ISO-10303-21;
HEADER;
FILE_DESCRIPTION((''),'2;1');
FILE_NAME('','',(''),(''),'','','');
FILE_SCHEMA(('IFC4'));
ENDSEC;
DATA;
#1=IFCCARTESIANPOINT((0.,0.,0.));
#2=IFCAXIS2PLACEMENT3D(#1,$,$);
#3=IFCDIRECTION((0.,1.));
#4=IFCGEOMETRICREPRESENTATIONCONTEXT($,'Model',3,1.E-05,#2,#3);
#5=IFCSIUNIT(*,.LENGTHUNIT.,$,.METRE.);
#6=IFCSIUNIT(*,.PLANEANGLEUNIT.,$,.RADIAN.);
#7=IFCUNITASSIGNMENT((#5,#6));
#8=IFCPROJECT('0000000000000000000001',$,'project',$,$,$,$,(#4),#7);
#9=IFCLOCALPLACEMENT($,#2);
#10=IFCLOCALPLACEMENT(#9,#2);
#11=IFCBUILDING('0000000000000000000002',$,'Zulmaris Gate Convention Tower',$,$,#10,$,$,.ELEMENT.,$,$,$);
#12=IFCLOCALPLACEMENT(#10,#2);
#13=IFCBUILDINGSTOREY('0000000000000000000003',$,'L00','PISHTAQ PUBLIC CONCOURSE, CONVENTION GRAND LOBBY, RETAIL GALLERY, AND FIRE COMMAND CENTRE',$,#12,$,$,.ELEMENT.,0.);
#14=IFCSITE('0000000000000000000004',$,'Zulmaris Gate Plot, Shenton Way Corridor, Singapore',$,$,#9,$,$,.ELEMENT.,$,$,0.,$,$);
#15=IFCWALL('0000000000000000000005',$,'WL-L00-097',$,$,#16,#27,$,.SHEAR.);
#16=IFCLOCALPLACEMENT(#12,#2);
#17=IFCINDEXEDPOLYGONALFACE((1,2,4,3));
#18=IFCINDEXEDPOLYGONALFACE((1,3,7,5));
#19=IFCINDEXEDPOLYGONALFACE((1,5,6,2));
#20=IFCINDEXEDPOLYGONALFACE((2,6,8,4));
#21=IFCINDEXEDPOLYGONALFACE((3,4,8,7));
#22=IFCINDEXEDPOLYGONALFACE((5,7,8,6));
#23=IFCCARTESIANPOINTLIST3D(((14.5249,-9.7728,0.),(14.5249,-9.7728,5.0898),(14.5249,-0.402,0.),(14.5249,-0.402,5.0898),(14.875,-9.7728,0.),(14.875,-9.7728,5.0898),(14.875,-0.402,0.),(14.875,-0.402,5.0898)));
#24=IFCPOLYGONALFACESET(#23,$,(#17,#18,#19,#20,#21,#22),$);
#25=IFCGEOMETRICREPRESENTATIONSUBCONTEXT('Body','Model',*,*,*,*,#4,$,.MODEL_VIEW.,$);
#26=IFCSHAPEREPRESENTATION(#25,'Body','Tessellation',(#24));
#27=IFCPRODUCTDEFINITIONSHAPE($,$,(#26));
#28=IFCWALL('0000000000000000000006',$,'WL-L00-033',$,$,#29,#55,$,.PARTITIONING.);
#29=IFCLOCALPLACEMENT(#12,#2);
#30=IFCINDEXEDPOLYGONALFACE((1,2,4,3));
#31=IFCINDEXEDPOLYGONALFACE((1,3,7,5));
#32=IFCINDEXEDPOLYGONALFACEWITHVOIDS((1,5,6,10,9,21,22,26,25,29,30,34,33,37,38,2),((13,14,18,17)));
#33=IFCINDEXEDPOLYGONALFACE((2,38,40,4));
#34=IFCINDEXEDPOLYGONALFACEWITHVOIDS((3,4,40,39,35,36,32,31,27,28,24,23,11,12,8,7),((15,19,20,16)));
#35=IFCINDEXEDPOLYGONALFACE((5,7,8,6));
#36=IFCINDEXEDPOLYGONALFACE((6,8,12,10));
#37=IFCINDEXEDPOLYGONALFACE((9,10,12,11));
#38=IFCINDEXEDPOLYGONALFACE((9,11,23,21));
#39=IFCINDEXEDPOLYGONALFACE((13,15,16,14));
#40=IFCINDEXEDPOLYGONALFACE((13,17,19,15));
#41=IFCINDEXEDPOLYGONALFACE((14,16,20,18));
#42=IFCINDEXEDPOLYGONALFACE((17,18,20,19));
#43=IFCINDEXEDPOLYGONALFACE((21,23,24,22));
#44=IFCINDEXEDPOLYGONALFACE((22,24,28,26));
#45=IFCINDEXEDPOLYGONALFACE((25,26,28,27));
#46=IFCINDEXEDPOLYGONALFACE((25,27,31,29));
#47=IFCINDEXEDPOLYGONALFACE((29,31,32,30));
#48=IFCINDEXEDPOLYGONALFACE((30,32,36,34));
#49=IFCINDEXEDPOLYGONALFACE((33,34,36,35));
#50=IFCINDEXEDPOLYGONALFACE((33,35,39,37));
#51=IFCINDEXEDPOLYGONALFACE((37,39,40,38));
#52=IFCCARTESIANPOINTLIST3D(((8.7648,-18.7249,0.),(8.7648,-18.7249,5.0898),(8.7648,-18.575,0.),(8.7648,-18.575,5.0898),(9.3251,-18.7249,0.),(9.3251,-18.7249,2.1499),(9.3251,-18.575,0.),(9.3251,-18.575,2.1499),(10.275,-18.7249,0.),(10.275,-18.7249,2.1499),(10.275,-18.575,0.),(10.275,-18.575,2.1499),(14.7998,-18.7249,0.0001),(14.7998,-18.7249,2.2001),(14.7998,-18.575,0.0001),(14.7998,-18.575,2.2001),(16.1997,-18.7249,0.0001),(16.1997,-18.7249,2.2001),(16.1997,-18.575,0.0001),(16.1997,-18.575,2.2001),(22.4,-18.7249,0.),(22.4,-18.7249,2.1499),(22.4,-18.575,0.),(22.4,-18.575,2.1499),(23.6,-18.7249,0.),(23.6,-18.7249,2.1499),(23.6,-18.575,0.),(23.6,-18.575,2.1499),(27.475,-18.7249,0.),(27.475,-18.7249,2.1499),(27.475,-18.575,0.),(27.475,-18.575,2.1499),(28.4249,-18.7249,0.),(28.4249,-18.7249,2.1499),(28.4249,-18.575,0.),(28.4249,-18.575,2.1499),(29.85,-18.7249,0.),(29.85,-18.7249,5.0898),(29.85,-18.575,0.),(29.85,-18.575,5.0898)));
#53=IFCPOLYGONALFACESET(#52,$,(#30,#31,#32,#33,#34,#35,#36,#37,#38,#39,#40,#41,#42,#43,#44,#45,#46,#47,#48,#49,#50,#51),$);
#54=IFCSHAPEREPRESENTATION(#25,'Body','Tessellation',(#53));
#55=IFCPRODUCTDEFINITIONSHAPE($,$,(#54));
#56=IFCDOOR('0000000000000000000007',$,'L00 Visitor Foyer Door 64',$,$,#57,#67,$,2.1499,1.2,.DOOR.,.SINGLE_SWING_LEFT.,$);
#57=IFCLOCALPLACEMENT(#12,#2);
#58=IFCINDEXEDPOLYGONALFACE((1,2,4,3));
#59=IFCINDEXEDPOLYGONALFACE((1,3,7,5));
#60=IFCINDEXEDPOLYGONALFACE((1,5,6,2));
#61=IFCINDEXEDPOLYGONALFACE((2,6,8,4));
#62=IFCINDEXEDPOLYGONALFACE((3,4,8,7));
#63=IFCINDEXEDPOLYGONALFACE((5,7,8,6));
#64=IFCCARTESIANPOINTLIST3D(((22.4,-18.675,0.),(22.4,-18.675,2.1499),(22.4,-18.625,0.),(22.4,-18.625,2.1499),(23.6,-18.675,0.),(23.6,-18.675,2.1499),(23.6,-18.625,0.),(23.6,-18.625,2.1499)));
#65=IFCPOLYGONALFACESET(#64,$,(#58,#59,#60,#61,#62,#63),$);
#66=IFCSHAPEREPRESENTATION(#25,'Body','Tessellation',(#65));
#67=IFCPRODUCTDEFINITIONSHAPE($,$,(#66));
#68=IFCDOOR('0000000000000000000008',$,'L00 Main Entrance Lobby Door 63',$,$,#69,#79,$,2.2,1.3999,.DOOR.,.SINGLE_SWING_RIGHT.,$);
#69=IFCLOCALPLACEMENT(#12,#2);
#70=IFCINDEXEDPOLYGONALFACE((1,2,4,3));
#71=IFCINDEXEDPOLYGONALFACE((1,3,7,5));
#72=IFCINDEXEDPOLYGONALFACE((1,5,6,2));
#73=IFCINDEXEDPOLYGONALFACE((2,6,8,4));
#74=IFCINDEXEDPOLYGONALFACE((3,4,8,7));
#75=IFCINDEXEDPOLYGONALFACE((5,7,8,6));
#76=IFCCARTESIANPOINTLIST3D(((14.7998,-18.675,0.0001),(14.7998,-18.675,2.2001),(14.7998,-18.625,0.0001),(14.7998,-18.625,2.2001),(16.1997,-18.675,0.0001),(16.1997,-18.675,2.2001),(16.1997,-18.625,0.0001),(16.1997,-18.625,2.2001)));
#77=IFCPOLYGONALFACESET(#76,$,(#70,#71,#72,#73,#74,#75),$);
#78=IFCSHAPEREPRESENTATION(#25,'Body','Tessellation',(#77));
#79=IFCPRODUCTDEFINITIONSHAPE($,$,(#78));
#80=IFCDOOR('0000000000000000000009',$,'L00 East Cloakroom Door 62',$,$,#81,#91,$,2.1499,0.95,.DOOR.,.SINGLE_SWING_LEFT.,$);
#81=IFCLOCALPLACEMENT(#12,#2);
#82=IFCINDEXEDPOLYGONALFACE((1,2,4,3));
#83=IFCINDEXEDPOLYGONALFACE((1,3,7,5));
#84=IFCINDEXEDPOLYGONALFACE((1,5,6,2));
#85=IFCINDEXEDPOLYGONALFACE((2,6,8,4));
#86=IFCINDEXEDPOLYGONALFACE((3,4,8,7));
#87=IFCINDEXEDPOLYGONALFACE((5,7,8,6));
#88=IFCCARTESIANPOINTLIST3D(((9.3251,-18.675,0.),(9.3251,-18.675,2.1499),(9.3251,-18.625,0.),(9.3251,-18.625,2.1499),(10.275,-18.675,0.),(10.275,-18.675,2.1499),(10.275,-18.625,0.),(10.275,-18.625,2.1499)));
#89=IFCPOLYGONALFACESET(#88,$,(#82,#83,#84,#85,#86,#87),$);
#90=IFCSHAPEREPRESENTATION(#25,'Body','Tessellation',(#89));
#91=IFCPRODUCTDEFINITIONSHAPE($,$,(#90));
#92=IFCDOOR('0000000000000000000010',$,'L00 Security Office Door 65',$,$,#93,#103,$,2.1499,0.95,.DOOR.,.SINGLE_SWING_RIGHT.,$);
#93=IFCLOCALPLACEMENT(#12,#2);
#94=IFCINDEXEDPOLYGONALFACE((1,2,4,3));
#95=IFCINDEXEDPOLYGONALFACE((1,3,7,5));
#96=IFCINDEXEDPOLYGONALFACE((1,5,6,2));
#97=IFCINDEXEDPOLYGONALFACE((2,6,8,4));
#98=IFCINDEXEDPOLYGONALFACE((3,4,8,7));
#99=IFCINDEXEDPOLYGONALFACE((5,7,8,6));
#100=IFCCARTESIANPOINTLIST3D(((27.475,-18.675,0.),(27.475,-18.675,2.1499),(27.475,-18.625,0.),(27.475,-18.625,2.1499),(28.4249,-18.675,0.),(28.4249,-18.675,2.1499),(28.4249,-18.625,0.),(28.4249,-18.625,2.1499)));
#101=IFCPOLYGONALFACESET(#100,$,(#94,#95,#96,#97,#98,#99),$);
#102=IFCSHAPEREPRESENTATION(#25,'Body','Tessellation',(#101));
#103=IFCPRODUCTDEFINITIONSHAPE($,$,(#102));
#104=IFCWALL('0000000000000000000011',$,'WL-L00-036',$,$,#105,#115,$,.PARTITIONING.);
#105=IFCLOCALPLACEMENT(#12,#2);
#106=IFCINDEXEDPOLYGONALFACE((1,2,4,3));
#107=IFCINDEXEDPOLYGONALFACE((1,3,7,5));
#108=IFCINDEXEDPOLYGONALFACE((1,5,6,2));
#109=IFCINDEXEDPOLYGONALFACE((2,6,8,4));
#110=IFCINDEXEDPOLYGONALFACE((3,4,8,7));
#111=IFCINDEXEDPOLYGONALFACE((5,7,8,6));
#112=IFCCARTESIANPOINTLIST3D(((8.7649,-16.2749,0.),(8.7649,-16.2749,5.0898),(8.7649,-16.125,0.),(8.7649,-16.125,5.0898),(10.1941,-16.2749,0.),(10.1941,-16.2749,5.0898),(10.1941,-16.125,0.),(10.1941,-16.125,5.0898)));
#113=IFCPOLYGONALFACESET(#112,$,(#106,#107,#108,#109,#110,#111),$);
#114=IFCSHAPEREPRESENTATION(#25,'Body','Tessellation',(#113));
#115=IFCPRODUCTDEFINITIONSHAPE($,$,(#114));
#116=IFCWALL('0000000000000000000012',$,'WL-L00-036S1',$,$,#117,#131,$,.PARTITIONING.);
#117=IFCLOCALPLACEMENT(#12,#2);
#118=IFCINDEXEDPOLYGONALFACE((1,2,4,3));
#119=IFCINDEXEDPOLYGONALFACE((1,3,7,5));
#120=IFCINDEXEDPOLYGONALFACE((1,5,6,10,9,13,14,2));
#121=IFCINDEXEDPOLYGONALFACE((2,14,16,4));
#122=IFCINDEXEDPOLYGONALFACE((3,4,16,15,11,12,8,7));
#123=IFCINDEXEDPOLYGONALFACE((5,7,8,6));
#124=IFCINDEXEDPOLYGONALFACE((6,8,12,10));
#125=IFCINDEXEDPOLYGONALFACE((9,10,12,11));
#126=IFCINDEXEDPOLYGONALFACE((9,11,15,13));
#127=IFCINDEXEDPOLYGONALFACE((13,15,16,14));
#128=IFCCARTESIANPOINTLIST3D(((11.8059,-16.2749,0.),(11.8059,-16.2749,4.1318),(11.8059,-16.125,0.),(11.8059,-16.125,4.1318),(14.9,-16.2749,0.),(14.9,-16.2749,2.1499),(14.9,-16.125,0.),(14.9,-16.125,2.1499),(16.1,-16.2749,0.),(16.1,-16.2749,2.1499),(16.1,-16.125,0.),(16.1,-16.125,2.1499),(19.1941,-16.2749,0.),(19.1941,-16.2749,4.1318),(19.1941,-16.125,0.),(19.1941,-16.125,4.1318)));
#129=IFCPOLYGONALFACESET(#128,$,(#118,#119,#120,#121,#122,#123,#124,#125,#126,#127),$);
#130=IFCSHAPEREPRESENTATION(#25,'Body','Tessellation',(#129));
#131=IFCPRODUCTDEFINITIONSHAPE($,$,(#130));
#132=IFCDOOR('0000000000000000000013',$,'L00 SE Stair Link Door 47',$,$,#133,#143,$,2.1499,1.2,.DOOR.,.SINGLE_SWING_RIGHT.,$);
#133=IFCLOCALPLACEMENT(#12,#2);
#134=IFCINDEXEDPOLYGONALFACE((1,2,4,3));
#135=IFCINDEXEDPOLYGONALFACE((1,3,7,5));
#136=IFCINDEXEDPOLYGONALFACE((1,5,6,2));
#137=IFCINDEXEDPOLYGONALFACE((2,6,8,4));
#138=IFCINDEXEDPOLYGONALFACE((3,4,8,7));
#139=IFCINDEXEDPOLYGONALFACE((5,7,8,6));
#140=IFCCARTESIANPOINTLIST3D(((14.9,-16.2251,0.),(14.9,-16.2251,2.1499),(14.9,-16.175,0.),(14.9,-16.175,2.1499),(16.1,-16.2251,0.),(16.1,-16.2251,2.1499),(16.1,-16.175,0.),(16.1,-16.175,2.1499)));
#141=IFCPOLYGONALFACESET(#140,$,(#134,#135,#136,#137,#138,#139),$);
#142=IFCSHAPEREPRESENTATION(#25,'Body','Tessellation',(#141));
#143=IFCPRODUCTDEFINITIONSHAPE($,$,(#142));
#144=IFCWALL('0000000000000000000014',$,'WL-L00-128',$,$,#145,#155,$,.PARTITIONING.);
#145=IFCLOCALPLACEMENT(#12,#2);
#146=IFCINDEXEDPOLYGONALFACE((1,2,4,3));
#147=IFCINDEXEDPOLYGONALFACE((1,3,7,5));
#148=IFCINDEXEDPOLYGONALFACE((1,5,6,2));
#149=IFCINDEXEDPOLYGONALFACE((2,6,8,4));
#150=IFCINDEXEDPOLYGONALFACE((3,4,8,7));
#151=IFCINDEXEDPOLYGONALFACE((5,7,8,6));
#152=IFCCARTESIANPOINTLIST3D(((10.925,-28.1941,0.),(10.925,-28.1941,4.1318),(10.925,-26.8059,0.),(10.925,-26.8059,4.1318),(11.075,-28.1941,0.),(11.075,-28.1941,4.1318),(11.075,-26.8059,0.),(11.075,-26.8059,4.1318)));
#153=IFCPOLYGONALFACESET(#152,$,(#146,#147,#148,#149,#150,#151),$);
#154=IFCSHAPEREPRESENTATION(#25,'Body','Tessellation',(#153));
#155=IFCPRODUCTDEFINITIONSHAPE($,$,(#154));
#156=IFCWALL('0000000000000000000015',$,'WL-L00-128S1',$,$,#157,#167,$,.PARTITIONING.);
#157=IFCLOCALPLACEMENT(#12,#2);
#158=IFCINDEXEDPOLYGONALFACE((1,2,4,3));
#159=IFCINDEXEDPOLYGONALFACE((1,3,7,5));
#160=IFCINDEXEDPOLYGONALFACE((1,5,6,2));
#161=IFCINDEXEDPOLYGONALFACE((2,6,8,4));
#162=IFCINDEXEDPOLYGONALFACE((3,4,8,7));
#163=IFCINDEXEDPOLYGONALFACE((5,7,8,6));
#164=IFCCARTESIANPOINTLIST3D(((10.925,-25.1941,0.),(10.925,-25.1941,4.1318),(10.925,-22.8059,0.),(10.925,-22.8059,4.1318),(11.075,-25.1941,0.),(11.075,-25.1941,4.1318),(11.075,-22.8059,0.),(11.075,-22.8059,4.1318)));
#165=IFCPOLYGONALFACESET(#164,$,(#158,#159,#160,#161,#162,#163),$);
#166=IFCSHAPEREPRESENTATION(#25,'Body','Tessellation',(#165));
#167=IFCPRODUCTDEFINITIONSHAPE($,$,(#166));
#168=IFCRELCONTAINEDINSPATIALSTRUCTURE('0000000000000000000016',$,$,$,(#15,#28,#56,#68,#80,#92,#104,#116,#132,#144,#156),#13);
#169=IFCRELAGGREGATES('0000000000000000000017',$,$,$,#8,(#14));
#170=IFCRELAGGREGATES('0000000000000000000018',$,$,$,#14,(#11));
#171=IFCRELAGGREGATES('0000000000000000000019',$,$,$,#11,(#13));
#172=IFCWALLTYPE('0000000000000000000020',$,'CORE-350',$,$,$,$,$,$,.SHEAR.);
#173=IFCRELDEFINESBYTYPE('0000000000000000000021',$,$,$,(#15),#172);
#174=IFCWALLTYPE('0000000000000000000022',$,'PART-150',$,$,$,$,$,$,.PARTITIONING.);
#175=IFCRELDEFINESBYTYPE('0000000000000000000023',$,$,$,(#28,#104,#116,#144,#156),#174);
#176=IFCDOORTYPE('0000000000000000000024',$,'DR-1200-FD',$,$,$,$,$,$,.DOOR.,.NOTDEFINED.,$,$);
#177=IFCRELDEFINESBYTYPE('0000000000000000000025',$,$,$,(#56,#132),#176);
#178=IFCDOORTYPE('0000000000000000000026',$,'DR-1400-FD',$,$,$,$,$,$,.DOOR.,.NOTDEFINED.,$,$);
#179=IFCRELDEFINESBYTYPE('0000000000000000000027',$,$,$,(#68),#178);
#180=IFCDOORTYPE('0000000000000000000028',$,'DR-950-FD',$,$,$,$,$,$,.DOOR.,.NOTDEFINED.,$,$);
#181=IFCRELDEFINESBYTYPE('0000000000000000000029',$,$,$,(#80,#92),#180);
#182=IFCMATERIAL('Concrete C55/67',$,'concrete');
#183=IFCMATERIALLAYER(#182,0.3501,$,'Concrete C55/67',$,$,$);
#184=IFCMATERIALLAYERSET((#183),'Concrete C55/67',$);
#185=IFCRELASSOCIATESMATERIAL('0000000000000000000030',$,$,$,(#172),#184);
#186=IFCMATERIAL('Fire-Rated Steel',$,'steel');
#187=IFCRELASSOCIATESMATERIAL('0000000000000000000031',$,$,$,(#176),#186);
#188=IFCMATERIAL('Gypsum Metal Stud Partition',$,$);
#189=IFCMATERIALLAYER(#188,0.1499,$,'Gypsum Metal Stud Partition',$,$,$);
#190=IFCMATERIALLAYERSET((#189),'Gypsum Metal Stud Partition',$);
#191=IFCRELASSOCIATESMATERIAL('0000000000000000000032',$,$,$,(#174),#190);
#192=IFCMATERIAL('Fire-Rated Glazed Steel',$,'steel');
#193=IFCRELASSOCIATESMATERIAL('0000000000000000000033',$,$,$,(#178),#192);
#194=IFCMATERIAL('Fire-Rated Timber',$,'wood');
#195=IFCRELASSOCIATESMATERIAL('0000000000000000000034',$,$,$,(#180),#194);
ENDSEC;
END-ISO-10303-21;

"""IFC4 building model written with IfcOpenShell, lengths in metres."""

from ifc_helpers import new_model, si_unit, direction, frame, frame_2d, origin, place, context, subcontext, project, spatial, rectangle, extrude, material, layer, layer_set, type_object, element, fill, save


model = new_model("IFC4")

# Units and contexts
model_context = context("Model", 3, precision=1e-05, world=origin(), true_north=direction((0.0, 1.0)))
body_context = subcontext(model_context, "Body", "Model", "MODEL_VIEW")
ifc_project = project(units=[si_unit("LENGTHUNIT", "METRE"), si_unit("PLANEANGLEUNIT", "RADIAN")], contexts=[model_context])

# Site, building, storey
site_placement = place(None, origin())
site = spatial("IfcSite", under=ifc_project, at=site_placement, Name="Zulmaris Gate Plot, Shenton Way Corridor, Singapore", CompositionType="ELEMENT", RefElevation=0.0)
building_placement = place(site_placement, origin())
building = spatial("IfcBuilding", under=site, at=building_placement, Name="Zulmaris Gate Convention Tower", CompositionType="ELEMENT")
storey_placement = place(building_placement, origin())
storey = spatial("IfcBuildingStorey", under=building, at=storey_placement, Name="L00", Description="PISHTAQ PUBLIC CONCOURSE, CONVENTION GRAND LOBBY, RETAIL GALLERY, AND FIRE COMMAND CENTRE", CompositionType="ELEMENT", Elevation=0.0)

# Shared definitions
ifc_material_1 = material(Name="Concrete C55/67", Category="concrete")
ifc_layer_1 = layer(ifc_material_1, 0.3501, Name="Concrete C55/67")
ifc_layer_set_1 = layer_set([ifc_layer_1], Name="Concrete C55/67")
wall_type_1 = type_object("IfcWallType", Name="CORE-350", PredefinedType="SHEAR", material=ifc_layer_set_1)
ifc_material_2 = material(Name="Fire-Rated Steel", Category="steel")
door_type_1 = type_object("IfcDoorType", Name="DR-1200-FD", OperationType="NOTDEFINED", PredefinedType="DOOR", material=ifc_material_2)

# Wall
wall_1_placement = place(storey_placement, frame((14.7, -9.7729, 0.0), z_axis=(0.0, 0.0, 1.0), x_axis=(0.0, 1.0, 0.0)))
element("IfcWall", 1, at=wall_1_placement, inside=storey, type_object=wall_type_1, Name="WL-L00-097", PredefinedType="SHEAR", context=body_context, shape_type="SweptSolid", body=[
    extrude(rectangle(XDim=9.3708, YDim=0.3501, at=frame_2d((4.6855, 0.0))), origin(), (0.0, 0.0, 1.0), 5.0898),
])

# Wall, openings, doors
ifc_material_3 = material(Name="Gypsum Metal Stud Partition")
ifc_layer_2 = layer(ifc_material_3, 0.1499, Name="Gypsum Metal Stud Partition")
ifc_layer_set_2 = layer_set([ifc_layer_2], Name="Gypsum Metal Stud Partition")
wall_type_2 = type_object("IfcWallType", Name="PART-150", PredefinedType="PARTITIONING", material=ifc_layer_set_2)
wall_2_placement = place(storey_placement, frame((8.7649, -18.6499, 0.0), z_axis=(0.0, 0.0, 1.0), x_axis=(1.0, 0.0, 0.0)))
wall_2 = element("IfcWall", 2, at=wall_2_placement, inside=storey, type_object=wall_type_2, Name="WL-L00-033", PredefinedType="PARTITIONING", context=body_context, shape_type="SweptSolid", body=[
    extrude(rectangle(XDim=21.0852, YDim=0.1499, at=frame_2d((10.5425, 0.0))), origin(), (0.0, 0.0, 1.0), 5.0898),
])
opening_1_placement = place(wall_2_placement, frame((0.5601, 0.0, 0.0)))
opening_1 = element("IfcOpeningElement", 3, at=opening_1_placement, cuts=wall_2, PredefinedType="OPENING", context=body_context, shape_type="SweptSolid", body=[
    extrude(rectangle(XDim=0.95, YDim=2.1499, at=frame_2d((0.4751, 1.075))), frame((0.0, 0.085, 0.0), z_axis=(0.0, -1.0, 0.0), x_axis=(1.0, 0.0, 0.0)), (0.0, 0.0, 1.0), 0.1699),
])
opening_2_placement = place(wall_2_placement, frame((6.0349, 0.0, 0.0)))
opening_2 = element("IfcOpeningElement", 4, at=opening_2_placement, cuts=wall_2, PredefinedType="OPENING", context=body_context, shape_type="SweptSolid", body=[
    extrude(rectangle(XDim=1.3999, YDim=2.2, at=frame_2d((0.7, 1.1001))), frame((0.0, 0.085, 0.0), z_axis=(0.0, -1.0, 0.0), x_axis=(1.0, 0.0, 0.0)), (0.0, 0.0, 1.0), 0.1699),
])
opening_3_placement = place(wall_2_placement, frame((13.635, 0.0, 0.0)))
opening_3 = element("IfcOpeningElement", 5, at=opening_3_placement, cuts=wall_2, PredefinedType="OPENING", context=body_context, shape_type="SweptSolid", body=[
    extrude(rectangle(XDim=1.2, YDim=2.1499, at=frame_2d((0.6001, 1.075))), frame((0.0, 0.085, 0.0), z_axis=(0.0, -1.0, 0.0), x_axis=(1.0, 0.0, 0.0)), (0.0, 0.0, 1.0), 0.1699),
])
opening_4_placement = place(wall_2_placement, frame((18.71, 0.0, 0.0)))
opening_4 = element("IfcOpeningElement", 6, at=opening_4_placement, cuts=wall_2, PredefinedType="OPENING", context=body_context, shape_type="SweptSolid", body=[
    extrude(rectangle(XDim=0.95, YDim=2.1499, at=frame_2d((0.4751, 1.075))), frame((0.0, 0.085, 0.0), z_axis=(0.0, -1.0, 0.0), x_axis=(1.0, 0.0, 0.0)), (0.0, 0.0, 1.0), 0.1699),
])
door_1_placement = place(opening_3_placement, origin())
door_1 = element("IfcDoor", 7, at=door_1_placement, inside=storey, type_object=door_type_1, Name="L00 Visitor Foyer Door 64", OperationType="SINGLE_SWING_LEFT", OverallHeight=2.1499, OverallWidth=1.2, PredefinedType="DOOR", context=body_context, shape_type="SweptSolid", body=[
    extrude(rectangle(XDim=1.2, YDim=2.1499, at=frame_2d((0.6001, 1.075))), frame((0.0, 0.0249, 0.0), z_axis=(0.0, -1.0, 0.0), x_axis=(1.0, 0.0, 0.0)), (0.0, 0.0, 1.0), 0.05),
])
fill(opening_3, door_1)
ifc_material_4 = material(Name="Fire-Rated Glazed Steel", Category="steel")
door_type_2 = type_object("IfcDoorType", Name="DR-1400-FD", OperationType="NOTDEFINED", PredefinedType="DOOR", material=ifc_material_4)
door_2_placement = place(opening_2_placement, origin())
door_2 = element("IfcDoor", 8, at=door_2_placement, inside=storey, type_object=door_type_2, Name="L00 Main Entrance Lobby Door 63", OperationType="SINGLE_SWING_RIGHT", OverallHeight=2.2, OverallWidth=1.3999, PredefinedType="DOOR", context=body_context, shape_type="SweptSolid", body=[
    extrude(rectangle(XDim=1.3999, YDim=2.2, at=frame_2d((0.7, 1.1001))), frame((0.0, 0.0249, 0.0), z_axis=(0.0, -1.0, 0.0), x_axis=(1.0, 0.0, 0.0)), (0.0, 0.0, 1.0), 0.05),
])
fill(opening_2, door_2)
ifc_material_5 = material(Name="Fire-Rated Timber", Category="wood")
door_type_3 = type_object("IfcDoorType", Name="DR-950-FD", OperationType="NOTDEFINED", PredefinedType="DOOR", material=ifc_material_5)
door_3_placement = place(opening_1_placement, origin())
door_3 = element("IfcDoor", 9, at=door_3_placement, inside=storey, type_object=door_type_3, Name="L00 East Cloakroom Door 62", OperationType="SINGLE_SWING_LEFT", OverallHeight=2.1499, OverallWidth=0.95, PredefinedType="DOOR", context=body_context, shape_type="SweptSolid", body=[
    extrude(rectangle(XDim=0.95, YDim=2.1499, at=frame_2d((0.4751, 1.075))), frame((0.0, 0.0249, 0.0), z_axis=(0.0, -1.0, 0.0), x_axis=(1.0, 0.0, 0.0)), (0.0, 0.0, 1.0), 0.05),
])
fill(opening_1, door_3)
door_4_placement = place(opening_4_placement, origin())
door_4 = element("IfcDoor", 10, at=door_4_placement, inside=storey, type_object=door_type_3, Name="L00 Security Office Door 65", OperationType="SINGLE_SWING_RIGHT", OverallHeight=2.1499, OverallWidth=0.95, PredefinedType="DOOR", context=body_context, shape_type="SweptSolid", body=[
    extrude(rectangle(XDim=0.95, YDim=2.1499, at=frame_2d((0.4751, 1.075))), frame((0.0, 0.0249, 0.0), z_axis=(0.0, -1.0, 0.0), x_axis=(1.0, 0.0, 0.0)), (0.0, 0.0, 1.0), 0.05),
])
fill(opening_4, door_4)

# Wall
wall_3_placement = place(storey_placement, frame((8.7649, -16.2, 0.0), z_axis=(0.0, 0.0, 1.0), x_axis=(1.0, 0.0, 0.0)))
element("IfcWall", 11, at=wall_3_placement, inside=storey, type_object=wall_type_2, Name="WL-L00-036", PredefinedType="PARTITIONING", context=body_context, shape_type="SweptSolid", body=[
    extrude(rectangle(XDim=1.4292, YDim=0.1499, at=frame_2d((0.7146, 0.0))), origin(), (0.0, 0.0, 1.0), 5.0898),
])

# Wall, opening, door
wall_4_placement = place(storey_placement, frame((11.8059, -16.2, 0.0), z_axis=(0.0, 0.0, 1.0), x_axis=(1.0, 0.0, 0.0)))
wall_4 = element("IfcWall", 12, at=wall_4_placement, inside=storey, type_object=wall_type_2, Name="WL-L00-036S1", PredefinedType="PARTITIONING", context=body_context, shape_type="SweptSolid", body=[
    extrude(rectangle(XDim=7.3882, YDim=0.1499, at=frame_2d((3.6941, 0.0))), origin(), (0.0, 0.0, 1.0), 4.1318),
])
opening_5_placement = place(wall_4_placement, frame((3.094, 0.0, 0.0)))
opening_5 = element("IfcOpeningElement", 13, at=opening_5_placement, cuts=wall_4, PredefinedType="OPENING", context=body_context, shape_type="SweptSolid", body=[
    extrude(rectangle(XDim=1.2, YDim=2.1499, at=frame_2d((0.6001, 1.075))), frame((0.0, 0.085, 0.0), z_axis=(0.0, -1.0, 0.0), x_axis=(1.0, 0.0, 0.0)), (0.0, 0.0, 1.0), 0.1699),
])
door_5_placement = place(opening_5_placement, origin())
door_5 = element("IfcDoor", 14, at=door_5_placement, inside=storey, type_object=door_type_1, Name="L00 SE Stair Link Door 47", OperationType="SINGLE_SWING_RIGHT", OverallHeight=2.1499, OverallWidth=1.2, PredefinedType="DOOR", context=body_context, shape_type="SweptSolid", body=[
    extrude(rectangle(XDim=1.2, YDim=2.1499, at=frame_2d((0.6001, 1.075))), frame((0.0, 0.0249, 0.0), z_axis=(0.0, -1.0, 0.0), x_axis=(1.0, 0.0, 0.0)), (0.0, 0.0, 1.0), 0.05),
])
fill(opening_5, door_5)

# Walls
wall_5_placement = place(storey_placement, frame((11.0, -28.1941, 0.0), z_axis=(0.0, 0.0, 1.0), x_axis=(0.0, 1.0, 0.0)))
element("IfcWall", 15, at=wall_5_placement, inside=storey, type_object=wall_type_2, Name="WL-L00-128", PredefinedType="PARTITIONING", context=body_context, shape_type="SweptSolid", body=[
    extrude(rectangle(XDim=1.3882, YDim=0.1499, at=frame_2d((0.6941, 0.0))), origin(), (0.0, 0.0, 1.0), 4.1318),
])
wall_6_placement = place(storey_placement, frame((11.0, -25.1941, 0.0), z_axis=(0.0, 0.0, 1.0), x_axis=(0.0, 1.0, 0.0)))
element("IfcWall", 16, at=wall_6_placement, inside=storey, type_object=wall_type_2, Name="WL-L00-128S1", PredefinedType="PARTITIONING", context=body_context, shape_type="SweptSolid", body=[
    extrude(rectangle(XDim=2.3882, YDim=0.1499, at=frame_2d((1.1941, 0.0))), origin(), (0.0, 0.0, 1.0), 4.1318),
])

save(model, "model.ifc")
